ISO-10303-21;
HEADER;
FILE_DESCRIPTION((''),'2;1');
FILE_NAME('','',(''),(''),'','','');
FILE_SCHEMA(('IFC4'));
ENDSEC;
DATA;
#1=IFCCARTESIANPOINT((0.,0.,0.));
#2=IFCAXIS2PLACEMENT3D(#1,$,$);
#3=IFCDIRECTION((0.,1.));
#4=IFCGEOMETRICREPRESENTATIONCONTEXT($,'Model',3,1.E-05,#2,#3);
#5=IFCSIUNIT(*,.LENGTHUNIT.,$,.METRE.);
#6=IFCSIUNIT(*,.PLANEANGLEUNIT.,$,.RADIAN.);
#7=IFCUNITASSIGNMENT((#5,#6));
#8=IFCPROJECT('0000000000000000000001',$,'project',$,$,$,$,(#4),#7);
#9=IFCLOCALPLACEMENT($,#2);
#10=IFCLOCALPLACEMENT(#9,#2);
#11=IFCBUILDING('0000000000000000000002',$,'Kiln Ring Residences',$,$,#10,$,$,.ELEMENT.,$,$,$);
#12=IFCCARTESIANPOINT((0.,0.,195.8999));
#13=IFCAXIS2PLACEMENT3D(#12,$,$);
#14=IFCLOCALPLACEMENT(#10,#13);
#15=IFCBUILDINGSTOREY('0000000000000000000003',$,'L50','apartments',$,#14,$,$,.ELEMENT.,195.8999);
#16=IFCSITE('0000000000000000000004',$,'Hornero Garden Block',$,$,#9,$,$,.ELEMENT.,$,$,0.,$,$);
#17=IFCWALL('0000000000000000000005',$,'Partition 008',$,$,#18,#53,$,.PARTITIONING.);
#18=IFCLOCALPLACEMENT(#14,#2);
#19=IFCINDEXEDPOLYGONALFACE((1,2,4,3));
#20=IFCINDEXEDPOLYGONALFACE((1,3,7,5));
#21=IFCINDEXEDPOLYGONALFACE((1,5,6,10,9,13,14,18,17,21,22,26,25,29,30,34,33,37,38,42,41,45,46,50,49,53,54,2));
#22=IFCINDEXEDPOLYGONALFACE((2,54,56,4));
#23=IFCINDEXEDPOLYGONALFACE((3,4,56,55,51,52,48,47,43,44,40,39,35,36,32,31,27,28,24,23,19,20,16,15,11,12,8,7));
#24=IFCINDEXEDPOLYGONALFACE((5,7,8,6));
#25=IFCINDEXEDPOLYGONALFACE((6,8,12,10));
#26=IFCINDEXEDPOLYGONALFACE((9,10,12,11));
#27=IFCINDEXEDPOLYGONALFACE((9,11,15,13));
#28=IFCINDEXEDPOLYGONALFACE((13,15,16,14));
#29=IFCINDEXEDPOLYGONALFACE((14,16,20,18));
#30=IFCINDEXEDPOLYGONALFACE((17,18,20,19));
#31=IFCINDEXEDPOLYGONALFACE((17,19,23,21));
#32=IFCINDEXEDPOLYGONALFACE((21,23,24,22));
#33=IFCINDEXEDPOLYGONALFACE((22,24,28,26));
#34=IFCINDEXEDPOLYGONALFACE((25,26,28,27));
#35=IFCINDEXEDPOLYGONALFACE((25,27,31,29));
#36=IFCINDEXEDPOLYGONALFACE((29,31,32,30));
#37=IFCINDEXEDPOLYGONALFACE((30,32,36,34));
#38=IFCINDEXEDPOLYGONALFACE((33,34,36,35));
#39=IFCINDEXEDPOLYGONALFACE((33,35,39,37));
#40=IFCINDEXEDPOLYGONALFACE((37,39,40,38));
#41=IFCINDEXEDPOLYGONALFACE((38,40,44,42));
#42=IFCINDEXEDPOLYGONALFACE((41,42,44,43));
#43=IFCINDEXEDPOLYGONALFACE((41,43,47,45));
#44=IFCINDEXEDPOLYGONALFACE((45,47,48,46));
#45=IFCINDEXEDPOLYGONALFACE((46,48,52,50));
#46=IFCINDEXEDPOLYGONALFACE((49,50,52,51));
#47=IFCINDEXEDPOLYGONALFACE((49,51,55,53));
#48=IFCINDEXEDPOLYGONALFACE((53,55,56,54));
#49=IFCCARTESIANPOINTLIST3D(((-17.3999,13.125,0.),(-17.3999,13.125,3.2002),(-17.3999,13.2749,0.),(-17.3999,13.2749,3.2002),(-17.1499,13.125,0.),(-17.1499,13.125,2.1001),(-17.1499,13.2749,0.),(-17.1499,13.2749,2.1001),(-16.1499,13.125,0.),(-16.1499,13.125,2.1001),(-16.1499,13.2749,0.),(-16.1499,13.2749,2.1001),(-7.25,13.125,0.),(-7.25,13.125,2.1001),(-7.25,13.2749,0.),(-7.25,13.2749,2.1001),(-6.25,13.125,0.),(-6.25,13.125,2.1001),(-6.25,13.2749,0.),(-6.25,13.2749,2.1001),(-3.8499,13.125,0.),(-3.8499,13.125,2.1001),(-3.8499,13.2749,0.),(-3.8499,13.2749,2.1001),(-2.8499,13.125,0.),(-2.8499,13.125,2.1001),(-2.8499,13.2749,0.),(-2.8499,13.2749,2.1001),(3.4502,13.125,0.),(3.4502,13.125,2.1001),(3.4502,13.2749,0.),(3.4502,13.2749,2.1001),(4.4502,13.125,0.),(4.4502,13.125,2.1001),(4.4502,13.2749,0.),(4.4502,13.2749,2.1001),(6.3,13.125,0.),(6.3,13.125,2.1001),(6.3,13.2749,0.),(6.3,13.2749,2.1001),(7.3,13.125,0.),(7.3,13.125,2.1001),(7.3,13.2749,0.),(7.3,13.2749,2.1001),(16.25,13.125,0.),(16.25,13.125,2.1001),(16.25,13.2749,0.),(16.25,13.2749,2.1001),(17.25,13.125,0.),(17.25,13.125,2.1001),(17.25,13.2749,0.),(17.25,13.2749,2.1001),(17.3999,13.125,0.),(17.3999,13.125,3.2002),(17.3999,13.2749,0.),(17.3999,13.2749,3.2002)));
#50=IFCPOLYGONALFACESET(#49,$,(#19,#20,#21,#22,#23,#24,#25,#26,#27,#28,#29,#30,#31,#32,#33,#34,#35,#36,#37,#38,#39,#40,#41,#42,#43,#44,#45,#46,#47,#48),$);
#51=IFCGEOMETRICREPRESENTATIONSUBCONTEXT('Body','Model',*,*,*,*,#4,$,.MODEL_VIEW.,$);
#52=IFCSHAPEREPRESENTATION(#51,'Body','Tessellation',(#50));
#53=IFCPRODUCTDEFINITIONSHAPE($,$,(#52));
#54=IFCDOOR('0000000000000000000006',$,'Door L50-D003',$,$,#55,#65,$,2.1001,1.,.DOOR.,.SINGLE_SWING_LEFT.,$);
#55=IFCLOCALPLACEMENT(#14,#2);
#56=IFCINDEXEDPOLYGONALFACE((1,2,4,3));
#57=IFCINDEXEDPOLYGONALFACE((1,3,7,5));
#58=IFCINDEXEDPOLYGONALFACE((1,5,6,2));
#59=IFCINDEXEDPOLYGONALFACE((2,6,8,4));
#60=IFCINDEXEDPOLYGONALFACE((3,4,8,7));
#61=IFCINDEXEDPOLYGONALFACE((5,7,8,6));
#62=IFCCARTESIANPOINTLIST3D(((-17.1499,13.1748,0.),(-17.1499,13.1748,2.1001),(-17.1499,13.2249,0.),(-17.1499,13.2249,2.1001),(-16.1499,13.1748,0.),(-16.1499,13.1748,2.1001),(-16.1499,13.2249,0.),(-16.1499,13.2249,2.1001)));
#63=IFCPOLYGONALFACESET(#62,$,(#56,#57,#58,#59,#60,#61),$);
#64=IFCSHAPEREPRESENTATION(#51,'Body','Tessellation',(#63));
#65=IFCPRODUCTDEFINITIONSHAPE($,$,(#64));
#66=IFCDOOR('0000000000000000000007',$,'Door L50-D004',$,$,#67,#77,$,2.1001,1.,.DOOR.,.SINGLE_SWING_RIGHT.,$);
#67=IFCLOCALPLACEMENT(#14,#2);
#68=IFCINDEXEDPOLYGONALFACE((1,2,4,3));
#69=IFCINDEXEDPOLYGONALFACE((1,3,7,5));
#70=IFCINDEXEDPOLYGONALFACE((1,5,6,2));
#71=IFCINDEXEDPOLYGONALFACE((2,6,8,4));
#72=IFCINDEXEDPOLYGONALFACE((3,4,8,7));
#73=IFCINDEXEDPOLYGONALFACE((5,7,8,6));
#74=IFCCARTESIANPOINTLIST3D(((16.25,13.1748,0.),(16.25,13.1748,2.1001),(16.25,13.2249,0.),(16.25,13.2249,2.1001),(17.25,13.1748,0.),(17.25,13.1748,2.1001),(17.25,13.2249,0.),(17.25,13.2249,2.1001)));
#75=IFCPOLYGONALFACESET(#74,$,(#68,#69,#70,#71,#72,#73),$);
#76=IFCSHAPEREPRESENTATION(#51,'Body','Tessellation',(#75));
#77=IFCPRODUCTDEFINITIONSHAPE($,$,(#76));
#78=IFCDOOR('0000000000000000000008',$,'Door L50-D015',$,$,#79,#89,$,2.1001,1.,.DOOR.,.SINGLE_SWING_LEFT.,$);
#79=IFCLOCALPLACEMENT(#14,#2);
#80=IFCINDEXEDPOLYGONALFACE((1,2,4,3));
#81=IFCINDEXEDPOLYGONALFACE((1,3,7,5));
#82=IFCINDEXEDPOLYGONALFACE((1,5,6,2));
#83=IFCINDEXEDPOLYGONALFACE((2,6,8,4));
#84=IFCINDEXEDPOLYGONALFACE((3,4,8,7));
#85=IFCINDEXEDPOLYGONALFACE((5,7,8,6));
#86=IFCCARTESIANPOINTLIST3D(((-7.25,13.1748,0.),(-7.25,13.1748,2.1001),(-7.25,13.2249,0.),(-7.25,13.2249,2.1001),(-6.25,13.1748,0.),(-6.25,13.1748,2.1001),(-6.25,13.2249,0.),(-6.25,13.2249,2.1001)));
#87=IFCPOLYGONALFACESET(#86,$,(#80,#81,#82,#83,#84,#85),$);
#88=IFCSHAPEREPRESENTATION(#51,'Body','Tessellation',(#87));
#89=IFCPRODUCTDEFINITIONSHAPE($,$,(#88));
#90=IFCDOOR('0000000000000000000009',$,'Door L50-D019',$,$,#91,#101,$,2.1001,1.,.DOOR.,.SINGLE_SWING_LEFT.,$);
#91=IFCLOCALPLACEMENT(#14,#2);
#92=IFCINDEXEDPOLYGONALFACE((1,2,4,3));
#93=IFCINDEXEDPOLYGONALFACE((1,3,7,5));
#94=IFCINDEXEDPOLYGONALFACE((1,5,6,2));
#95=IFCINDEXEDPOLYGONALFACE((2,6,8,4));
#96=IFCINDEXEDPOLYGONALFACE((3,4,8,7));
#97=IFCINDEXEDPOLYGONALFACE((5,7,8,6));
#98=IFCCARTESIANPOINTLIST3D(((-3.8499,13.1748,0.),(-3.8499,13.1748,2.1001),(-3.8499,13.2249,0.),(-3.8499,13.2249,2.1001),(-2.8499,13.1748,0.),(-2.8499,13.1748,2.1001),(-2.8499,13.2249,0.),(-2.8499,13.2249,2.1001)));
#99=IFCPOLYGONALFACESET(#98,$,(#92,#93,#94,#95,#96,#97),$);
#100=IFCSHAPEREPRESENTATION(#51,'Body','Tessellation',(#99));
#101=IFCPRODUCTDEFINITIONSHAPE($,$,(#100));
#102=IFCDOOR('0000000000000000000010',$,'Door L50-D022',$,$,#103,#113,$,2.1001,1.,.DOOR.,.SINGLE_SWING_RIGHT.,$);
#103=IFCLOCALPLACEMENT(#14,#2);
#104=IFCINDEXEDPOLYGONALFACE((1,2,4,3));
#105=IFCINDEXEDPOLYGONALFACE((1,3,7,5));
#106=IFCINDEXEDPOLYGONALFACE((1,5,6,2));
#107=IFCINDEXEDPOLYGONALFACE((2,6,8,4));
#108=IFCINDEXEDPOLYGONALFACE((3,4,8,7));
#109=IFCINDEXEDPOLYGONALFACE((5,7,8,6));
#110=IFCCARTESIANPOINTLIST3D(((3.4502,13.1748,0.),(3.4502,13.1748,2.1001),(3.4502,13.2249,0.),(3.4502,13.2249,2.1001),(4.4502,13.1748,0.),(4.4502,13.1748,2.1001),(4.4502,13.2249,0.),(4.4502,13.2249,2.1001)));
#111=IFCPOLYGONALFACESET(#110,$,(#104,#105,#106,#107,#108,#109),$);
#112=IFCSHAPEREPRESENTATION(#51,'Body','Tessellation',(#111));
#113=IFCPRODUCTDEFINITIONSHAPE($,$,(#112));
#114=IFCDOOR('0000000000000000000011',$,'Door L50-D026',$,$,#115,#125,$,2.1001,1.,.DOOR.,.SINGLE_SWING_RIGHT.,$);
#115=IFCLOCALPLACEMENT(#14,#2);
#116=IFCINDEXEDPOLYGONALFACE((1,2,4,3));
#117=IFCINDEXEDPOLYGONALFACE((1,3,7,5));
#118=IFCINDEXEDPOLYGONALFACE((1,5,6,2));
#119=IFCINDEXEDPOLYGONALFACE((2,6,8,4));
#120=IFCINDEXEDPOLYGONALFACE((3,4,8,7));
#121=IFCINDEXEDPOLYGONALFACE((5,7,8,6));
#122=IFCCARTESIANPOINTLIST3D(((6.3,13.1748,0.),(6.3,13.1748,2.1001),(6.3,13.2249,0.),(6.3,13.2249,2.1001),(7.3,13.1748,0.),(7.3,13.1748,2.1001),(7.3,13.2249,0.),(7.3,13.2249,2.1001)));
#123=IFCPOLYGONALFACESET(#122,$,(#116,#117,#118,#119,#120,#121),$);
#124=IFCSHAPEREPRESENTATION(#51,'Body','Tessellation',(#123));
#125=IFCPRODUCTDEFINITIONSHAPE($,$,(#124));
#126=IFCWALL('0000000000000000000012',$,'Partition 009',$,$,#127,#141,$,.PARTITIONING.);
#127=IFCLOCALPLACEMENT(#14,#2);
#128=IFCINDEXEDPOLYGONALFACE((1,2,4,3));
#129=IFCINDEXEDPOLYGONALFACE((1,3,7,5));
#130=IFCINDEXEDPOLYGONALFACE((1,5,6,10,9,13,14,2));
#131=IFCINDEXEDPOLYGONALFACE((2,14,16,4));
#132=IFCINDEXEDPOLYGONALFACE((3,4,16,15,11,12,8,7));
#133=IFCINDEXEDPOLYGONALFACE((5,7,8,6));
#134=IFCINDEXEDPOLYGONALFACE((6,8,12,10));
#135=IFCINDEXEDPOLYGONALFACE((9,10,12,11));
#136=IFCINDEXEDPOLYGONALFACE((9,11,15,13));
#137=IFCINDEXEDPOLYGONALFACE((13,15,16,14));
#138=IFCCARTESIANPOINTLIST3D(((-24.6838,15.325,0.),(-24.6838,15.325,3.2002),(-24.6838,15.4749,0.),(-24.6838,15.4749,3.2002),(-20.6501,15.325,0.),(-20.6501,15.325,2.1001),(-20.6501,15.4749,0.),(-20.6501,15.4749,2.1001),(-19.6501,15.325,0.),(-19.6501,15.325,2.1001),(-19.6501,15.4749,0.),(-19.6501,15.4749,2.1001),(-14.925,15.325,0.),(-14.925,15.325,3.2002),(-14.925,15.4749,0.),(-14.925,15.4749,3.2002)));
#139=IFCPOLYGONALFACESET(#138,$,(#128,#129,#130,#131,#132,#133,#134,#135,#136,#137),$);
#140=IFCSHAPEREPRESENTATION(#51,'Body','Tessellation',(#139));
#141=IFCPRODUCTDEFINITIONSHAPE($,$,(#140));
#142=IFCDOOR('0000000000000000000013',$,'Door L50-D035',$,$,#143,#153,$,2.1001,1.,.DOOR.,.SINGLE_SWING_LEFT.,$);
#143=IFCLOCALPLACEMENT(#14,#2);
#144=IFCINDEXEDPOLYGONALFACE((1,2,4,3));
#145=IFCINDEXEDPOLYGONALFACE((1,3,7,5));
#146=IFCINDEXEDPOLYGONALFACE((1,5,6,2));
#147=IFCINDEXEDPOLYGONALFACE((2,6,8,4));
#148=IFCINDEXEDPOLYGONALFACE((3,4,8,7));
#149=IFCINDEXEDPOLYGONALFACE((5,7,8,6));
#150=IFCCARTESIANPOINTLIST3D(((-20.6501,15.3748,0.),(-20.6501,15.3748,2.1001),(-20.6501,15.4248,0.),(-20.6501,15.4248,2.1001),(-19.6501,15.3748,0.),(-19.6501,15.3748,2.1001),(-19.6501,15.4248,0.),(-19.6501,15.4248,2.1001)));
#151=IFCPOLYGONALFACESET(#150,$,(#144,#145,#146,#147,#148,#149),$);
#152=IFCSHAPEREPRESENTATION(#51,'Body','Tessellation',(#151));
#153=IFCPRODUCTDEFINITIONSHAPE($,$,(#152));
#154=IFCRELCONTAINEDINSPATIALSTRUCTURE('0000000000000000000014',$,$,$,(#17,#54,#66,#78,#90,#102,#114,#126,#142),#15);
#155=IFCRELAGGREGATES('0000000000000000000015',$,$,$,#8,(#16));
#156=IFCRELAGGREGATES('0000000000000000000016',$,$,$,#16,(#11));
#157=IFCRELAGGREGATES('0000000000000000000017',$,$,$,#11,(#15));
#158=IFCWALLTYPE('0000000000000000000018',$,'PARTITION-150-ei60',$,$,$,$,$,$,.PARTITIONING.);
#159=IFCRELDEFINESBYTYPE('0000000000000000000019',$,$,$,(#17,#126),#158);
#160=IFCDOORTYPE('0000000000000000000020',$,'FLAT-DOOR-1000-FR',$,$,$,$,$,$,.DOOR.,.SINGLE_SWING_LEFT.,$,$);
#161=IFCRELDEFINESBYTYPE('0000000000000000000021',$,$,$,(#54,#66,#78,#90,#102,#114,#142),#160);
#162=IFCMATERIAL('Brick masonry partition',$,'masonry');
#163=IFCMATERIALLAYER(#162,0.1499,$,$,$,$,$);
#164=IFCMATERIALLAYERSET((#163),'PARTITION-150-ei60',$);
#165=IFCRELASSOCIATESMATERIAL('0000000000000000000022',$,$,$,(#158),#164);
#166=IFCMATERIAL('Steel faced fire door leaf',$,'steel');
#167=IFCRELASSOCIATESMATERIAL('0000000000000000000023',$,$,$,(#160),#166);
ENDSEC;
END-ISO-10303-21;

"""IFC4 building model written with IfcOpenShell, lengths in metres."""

from ifc_helpers import new_model, si_unit, direction, frame, frame_2d, origin, place, context, subcontext, project, spatial, rectangle, extrude, material, layer, layer_set, type_object, element, fill, save


model = new_model("IFC4")

# Units and contexts
model_context = context("Model", 3, precision=1e-05, world=origin(), true_north=direction((0.0, 1.0)))
body_context = subcontext(model_context, "Body", "Model", "MODEL_VIEW")
ifc_project = project(units=[si_unit("LENGTHUNIT", "METRE"), si_unit("PLANEANGLEUNIT", "RADIAN")], contexts=[model_context])

# Site, building, storey
site_placement = place(None, origin())
site = spatial("IfcSite", under=ifc_project, at=site_placement, Name="Hornero Garden Block", CompositionType="ELEMENT", RefElevation=0.0)
building_placement = place(site_placement, origin())
building = spatial("IfcBuilding", under=site, at=building_placement, Name="Kiln Ring Residences", CompositionType="ELEMENT")
storey_placement = place(building_placement, frame((0.0, 0.0, 195.8999)))
storey = spatial("IfcBuildingStorey", under=building, at=storey_placement, Name="L50", Description="apartments", CompositionType="ELEMENT", Elevation=195.8999)

# Wall, openings, doors
ifc_material_1 = material(Name="Brick masonry partition", Category="masonry")
ifc_layer_1 = layer(ifc_material_1, 0.1499)
ifc_layer_set_1 = layer_set([ifc_layer_1], Name="PARTITION-150-ei60")
wall_type_1 = type_object("IfcWallType", Name="PARTITION-150-ei60", PredefinedType="PARTITIONING", material=ifc_layer_set_1)
wall_1_placement = place(storey_placement, frame((-17.3999, 13.2, 0.0), z_axis=(0.0, 0.0, 1.0), x_axis=(1.0, 0.0, 0.0)))
wall_1 = element("IfcWall", 1, at=wall_1_placement, inside=storey, type_object=wall_type_1, Name="Partition 008", PredefinedType="PARTITIONING", context=body_context, shape_type="SweptSolid", body=[
    extrude(rectangle(XDim=34.7998, YDim=0.1499, at=frame_2d((17.3999, 0.0))), origin(), (0.0, 0.0, 1.0), 3.2002),
])
opening_1_placement = place(wall_1_placement, frame((0.25, 0.0, 0.0)))
opening_1 = element("IfcOpeningElement", 2, at=opening_1_placement, cuts=wall_1, PredefinedType="OPENING", context=body_context, shape_type="SweptSolid", body=[
    extrude(rectangle(XDim=1.0, YDim=2.1001, at=frame_2d((0.5, 1.05))), frame((0.0, 0.085, 0.0), z_axis=(0.0, -1.0, 0.0), x_axis=(1.0, 0.0, 0.0)), (0.0, 0.0, 1.0), 0.1699),
])
opening_2_placement = place(wall_1_placement, frame((33.6499, 0.0, 0.0)))
opening_2 = element("IfcOpeningElement", 3, at=opening_2_placement, cuts=wall_1, PredefinedType="OPENING", context=body_context, shape_type="SweptSolid", body=[
    extrude(rectangle(XDim=1.0, YDim=2.1001, at=frame_2d((0.5, 1.05))), frame((0.0, 0.085, 0.0), z_axis=(0.0, -1.0, 0.0), x_axis=(1.0, 0.0, 0.0)), (0.0, 0.0, 1.0), 0.1699),
])
opening_3_placement = place(wall_1_placement, frame((10.1499, 0.0, 0.0)))
opening_3 = element("IfcOpeningElement", 4, at=opening_3_placement, cuts=wall_1, PredefinedType="OPENING", context=body_context, shape_type="SweptSolid", body=[
    extrude(rectangle(XDim=1.0, YDim=2.1001, at=frame_2d((0.5, 1.05))), frame((0.0, 0.085, 0.0), z_axis=(0.0, -1.0, 0.0), x_axis=(1.0, 0.0, 0.0)), (0.0, 0.0, 1.0), 0.1699),
])
opening_4_placement = place(wall_1_placement, frame((13.55, 0.0, 0.0)))
opening_4 = element("IfcOpeningElement", 5, at=opening_4_placement, cuts=wall_1, PredefinedType="OPENING", context=body_context, shape_type="SweptSolid", body=[
    extrude(rectangle(XDim=1.0, YDim=2.1001, at=frame_2d((0.5, 1.05))), frame((0.0, 0.085, 0.0), z_axis=(0.0, -1.0, 0.0), x_axis=(1.0, 0.0, 0.0)), (0.0, 0.0, 1.0), 0.1699),
])
opening_5_placement = place(wall_1_placement, frame((20.8501, 0.0, 0.0)))
opening_5 = element("IfcOpeningElement", 6, at=opening_5_placement, cuts=wall_1, PredefinedType="OPENING", context=body_context, shape_type="SweptSolid", body=[
    extrude(rectangle(XDim=1.0, YDim=2.1001, at=frame_2d((0.5, 1.05))), frame((0.0, 0.085, 0.0), z_axis=(0.0, -1.0, 0.0), x_axis=(1.0, 0.0, 0.0)), (0.0, 0.0, 1.0), 0.1699),
])
opening_6_placement = place(wall_1_placement, frame((23.7, 0.0, 0.0)))
opening_6 = element("IfcOpeningElement", 7, at=opening_6_placement, cuts=wall_1, PredefinedType="OPENING", context=body_context, shape_type="SweptSolid", body=[
    extrude(rectangle(XDim=1.0, YDim=2.1001, at=frame_2d((0.5, 1.05))), frame((0.0, 0.085, 0.0), z_axis=(0.0, -1.0, 0.0), x_axis=(1.0, 0.0, 0.0)), (0.0, 0.0, 1.0), 0.1699),
])
ifc_material_2 = material(Name="Steel faced fire door leaf", Category="steel")
door_type = type_object("IfcDoorType", Name="FLAT-DOOR-1000-FR", OperationType="SINGLE_SWING_LEFT", PredefinedType="DOOR", material=ifc_material_2)
door_1_placement = place(opening_1_placement, origin())
door_1 = element("IfcDoor", 8, at=door_1_placement, inside=storey, type_object=door_type, Name="Door L50-D003", OperationType="SINGLE_SWING_LEFT", OverallHeight=2.1001, OverallWidth=1.0, PredefinedType="DOOR", context=body_context, shape_type="SweptSolid", body=[
    extrude(rectangle(XDim=1.0, YDim=2.1001, at=frame_2d((0.5, 1.05))), frame((0.0, 0.0249, 0.0), z_axis=(0.0, -1.0, 0.0), x_axis=(1.0, 0.0, 0.0)), (0.0, 0.0, 1.0), 0.05),
])
fill(opening_1, door_1)
door_2_placement = place(opening_2_placement, origin())
door_2 = element("IfcDoor", 9, at=door_2_placement, inside=storey, type_object=door_type, Name="Door L50-D004", OperationType="SINGLE_SWING_RIGHT", OverallHeight=2.1001, OverallWidth=1.0, PredefinedType="DOOR", context=body_context, shape_type="SweptSolid", body=[
    extrude(rectangle(XDim=1.0, YDim=2.1001, at=frame_2d((0.5, 1.05))), frame((0.0, 0.0249, 0.0), z_axis=(0.0, -1.0, 0.0), x_axis=(1.0, 0.0, 0.0)), (0.0, 0.0, 1.0), 0.05),
])
fill(opening_2, door_2)
door_3_placement = place(opening_3_placement, origin())
door_3 = element("IfcDoor", 10, at=door_3_placement, inside=storey, type_object=door_type, Name="Door L50-D015", OperationType="SINGLE_SWING_LEFT", OverallHeight=2.1001, OverallWidth=1.0, PredefinedType="DOOR", context=body_context, shape_type="SweptSolid", body=[
    extrude(rectangle(XDim=1.0, YDim=2.1001, at=frame_2d((0.5, 1.05))), frame((0.0, 0.0249, 0.0), z_axis=(0.0, -1.0, 0.0), x_axis=(1.0, 0.0, 0.0)), (0.0, 0.0, 1.0), 0.05),
])
fill(opening_3, door_3)
door_4_placement = place(opening_4_placement, origin())
door_4 = element("IfcDoor", 11, at=door_4_placement, inside=storey, type_object=door_type, Name="Door L50-D019", OperationType="SINGLE_SWING_LEFT", OverallHeight=2.1001, OverallWidth=1.0, PredefinedType="DOOR", context=body_context, shape_type="SweptSolid", body=[
    extrude(rectangle(XDim=1.0, YDim=2.1001, at=frame_2d((0.5, 1.05))), frame((0.0, 0.0249, 0.0), z_axis=(0.0, -1.0, 0.0), x_axis=(1.0, 0.0, 0.0)), (0.0, 0.0, 1.0), 0.05),
])
fill(opening_4, door_4)
door_5_placement = place(opening_5_placement, origin())
door_5 = element("IfcDoor", 12, at=door_5_placement, inside=storey, type_object=door_type, Name="Door L50-D022", OperationType="SINGLE_SWING_RIGHT", OverallHeight=2.1001, OverallWidth=1.0, PredefinedType="DOOR", context=body_context, shape_type="SweptSolid", body=[
    extrude(rectangle(XDim=1.0, YDim=2.1001, at=frame_2d((0.5, 1.05))), frame((0.0, 0.0249, 0.0), z_axis=(0.0, -1.0, 0.0), x_axis=(1.0, 0.0, 0.0)), (0.0, 0.0, 1.0), 0.05),
])
fill(opening_5, door_5)
door_6_placement = place(opening_6_placement, origin())
door_6 = element("IfcDoor", 13, at=door_6_placement, inside=storey, type_object=door_type, Name="Door L50-D026", OperationType="SINGLE_SWING_RIGHT", OverallHeight=2.1001, OverallWidth=1.0, PredefinedType="DOOR", context=body_context, shape_type="SweptSolid", body=[
    extrude(rectangle(XDim=1.0, YDim=2.1001, at=frame_2d((0.5, 1.05))), frame((0.0, 0.0249, 0.0), z_axis=(0.0, -1.0, 0.0), x_axis=(1.0, 0.0, 0.0)), (0.0, 0.0, 1.0), 0.05),
])
fill(opening_6, door_6)

# Wall, opening, door
wall_2_placement = place(storey_placement, frame((-24.6838, 15.3999, 0.0), z_axis=(0.0, 0.0, 1.0), x_axis=(1.0, 0.0, 0.0)))
wall_2 = element("IfcWall", 14, at=wall_2_placement, inside=storey, type_object=wall_type_1, Name="Partition 009", PredefinedType="PARTITIONING", context=body_context, shape_type="SweptSolid", body=[
    extrude(rectangle(XDim=9.7588, YDim=0.1499, at=frame_2d((4.8794, 0.0))), origin(), (0.0, 0.0, 1.0), 3.2002),
])
opening_7_placement = place(wall_2_placement, frame((4.0337, 0.0, 0.0)))
opening_7 = element("IfcOpeningElement", 15, at=opening_7_placement, cuts=wall_2, PredefinedType="OPENING", context=body_context, shape_type="SweptSolid", body=[
    extrude(rectangle(XDim=1.0, YDim=2.1001, at=frame_2d((0.5, 1.05))), frame((0.0, 0.085, 0.0), z_axis=(0.0, -1.0, 0.0), x_axis=(1.0, 0.0, 0.0)), (0.0, 0.0, 1.0), 0.1699),
])
door_7_placement = place(opening_7_placement, origin())
door_7 = element("IfcDoor", 16, at=door_7_placement, inside=storey, type_object=door_type, Name="Door L50-D035", OperationType="SINGLE_SWING_LEFT", OverallHeight=2.1001, OverallWidth=1.0, PredefinedType="DOOR", context=body_context, shape_type="SweptSolid", body=[
    extrude(rectangle(XDim=1.0, YDim=2.1001, at=frame_2d((0.5, 1.05))), frame((0.0, 0.0249, 0.0), z_axis=(0.0, -1.0, 0.0), x_axis=(1.0, 0.0, 0.0)), (0.0, 0.0, 1.0), 0.05),
])
fill(opening_7, door_7)

save(model, "model.ifc")
